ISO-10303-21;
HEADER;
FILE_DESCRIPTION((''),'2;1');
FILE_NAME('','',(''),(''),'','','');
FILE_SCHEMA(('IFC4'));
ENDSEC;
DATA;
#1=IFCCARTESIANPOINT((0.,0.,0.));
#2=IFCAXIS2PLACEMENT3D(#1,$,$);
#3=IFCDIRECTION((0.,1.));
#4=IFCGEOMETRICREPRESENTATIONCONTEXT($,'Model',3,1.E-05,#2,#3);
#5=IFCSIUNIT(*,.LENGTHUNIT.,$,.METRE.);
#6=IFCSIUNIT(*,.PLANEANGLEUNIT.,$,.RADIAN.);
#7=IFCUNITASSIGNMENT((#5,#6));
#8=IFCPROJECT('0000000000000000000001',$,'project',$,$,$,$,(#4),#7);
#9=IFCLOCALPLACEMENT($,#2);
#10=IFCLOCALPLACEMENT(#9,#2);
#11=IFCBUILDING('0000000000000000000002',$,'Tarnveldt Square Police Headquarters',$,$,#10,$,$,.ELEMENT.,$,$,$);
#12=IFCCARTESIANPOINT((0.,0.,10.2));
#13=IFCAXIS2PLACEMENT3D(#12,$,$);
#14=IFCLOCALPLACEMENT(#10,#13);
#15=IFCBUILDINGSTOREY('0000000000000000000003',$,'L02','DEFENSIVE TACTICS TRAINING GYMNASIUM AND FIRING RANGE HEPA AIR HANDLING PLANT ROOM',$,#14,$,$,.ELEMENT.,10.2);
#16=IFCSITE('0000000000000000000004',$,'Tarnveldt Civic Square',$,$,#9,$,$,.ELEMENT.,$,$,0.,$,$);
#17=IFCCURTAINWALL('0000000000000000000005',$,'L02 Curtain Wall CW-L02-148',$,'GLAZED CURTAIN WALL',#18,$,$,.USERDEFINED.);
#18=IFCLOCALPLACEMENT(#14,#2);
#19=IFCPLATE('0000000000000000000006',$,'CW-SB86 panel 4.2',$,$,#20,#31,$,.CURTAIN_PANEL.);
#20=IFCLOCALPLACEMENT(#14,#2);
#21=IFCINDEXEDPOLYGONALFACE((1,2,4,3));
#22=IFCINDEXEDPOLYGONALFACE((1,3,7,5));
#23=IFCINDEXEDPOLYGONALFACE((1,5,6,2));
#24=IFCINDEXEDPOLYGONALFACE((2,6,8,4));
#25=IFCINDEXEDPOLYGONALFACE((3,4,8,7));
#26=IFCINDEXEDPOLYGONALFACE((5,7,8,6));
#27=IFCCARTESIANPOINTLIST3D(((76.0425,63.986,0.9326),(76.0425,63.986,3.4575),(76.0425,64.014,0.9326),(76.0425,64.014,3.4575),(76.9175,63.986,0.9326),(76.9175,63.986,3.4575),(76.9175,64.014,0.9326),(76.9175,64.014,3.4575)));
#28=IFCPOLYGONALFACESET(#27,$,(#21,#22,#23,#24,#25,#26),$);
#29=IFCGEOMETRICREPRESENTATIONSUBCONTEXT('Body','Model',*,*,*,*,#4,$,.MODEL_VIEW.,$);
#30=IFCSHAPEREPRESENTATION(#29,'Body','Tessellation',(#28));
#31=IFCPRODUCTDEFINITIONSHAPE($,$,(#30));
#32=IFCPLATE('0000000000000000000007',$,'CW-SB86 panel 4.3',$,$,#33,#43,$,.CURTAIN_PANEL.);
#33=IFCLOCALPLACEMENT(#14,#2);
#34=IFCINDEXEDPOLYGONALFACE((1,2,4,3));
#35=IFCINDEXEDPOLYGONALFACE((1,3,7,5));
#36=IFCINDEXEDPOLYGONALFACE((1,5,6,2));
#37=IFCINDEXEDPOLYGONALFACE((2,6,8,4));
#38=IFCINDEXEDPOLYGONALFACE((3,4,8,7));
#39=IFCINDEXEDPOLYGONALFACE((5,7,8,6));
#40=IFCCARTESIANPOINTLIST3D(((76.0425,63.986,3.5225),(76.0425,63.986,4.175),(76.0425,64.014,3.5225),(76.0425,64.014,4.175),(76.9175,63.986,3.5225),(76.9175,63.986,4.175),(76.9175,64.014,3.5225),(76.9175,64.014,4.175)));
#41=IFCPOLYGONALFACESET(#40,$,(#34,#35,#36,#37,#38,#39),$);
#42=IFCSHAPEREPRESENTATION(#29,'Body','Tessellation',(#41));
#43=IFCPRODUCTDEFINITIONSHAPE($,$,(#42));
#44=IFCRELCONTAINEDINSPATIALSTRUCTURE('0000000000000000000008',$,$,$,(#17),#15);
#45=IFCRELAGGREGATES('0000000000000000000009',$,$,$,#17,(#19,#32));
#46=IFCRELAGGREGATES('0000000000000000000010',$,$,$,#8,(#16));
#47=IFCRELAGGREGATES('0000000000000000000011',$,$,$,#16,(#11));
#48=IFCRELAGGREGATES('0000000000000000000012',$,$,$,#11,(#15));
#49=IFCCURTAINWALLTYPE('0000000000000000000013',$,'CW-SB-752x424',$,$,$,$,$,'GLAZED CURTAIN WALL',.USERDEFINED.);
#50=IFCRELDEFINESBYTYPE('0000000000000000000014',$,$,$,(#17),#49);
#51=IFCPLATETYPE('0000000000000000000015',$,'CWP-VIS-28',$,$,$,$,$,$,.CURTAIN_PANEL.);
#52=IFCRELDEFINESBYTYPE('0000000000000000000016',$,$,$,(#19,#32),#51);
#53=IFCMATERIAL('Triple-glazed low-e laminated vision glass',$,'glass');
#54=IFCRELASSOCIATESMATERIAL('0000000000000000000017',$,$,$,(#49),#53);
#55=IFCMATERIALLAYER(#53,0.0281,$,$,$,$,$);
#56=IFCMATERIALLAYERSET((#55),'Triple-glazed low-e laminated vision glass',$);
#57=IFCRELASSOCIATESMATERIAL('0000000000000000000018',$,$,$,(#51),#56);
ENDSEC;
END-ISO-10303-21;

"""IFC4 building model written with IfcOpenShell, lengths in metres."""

from ifc_helpers import new_model, si_unit, direction, frame, origin, origin_2d, place, context, subcontext, project, spatial, rectangle, extrude, material, layer, layer_set, type_object, element, aggregate, save


model = new_model("IFC4")

# Units and contexts
model_context = context("Model", 3, precision=1e-05, world=origin(), true_north=direction((0.0, 1.0)))
body_context = subcontext(model_context, "Body", "Model", "MODEL_VIEW")
ifc_project = project(units=[si_unit("LENGTHUNIT", "METRE"), si_unit("PLANEANGLEUNIT", "RADIAN")], contexts=[model_context])

# Site, building, storey
site_placement = place(None, origin())
site = spatial("IfcSite", under=ifc_project, at=site_placement, Name="Tarnveldt Civic Square", CompositionType="ELEMENT", RefElevation=0.0)
building_placement = place(site_placement, origin())
building = spatial("IfcBuilding", under=site, at=building_placement, Name="Tarnveldt Square Police Headquarters", CompositionType="ELEMENT")
storey_placement = place(building_placement, frame((0.0, 0.0, 10.2)))
storey = spatial("IfcBuildingStorey", under=building, at=storey_placement, Name="L02", Description="DEFENSIVE TACTICS TRAINING GYMNASIUM AND FIRING RANGE HEPA AIR HANDLING PLANT ROOM", CompositionType="ELEMENT", Elevation=10.2)

# Curtain wall
ifc_material_1 = material(Name="Triple-glazed low-e laminated vision glass", Category="glass")
curtain_wall_type = type_object("IfcCurtainWallType", Name="CW-SB-752x424", ElementType="GLAZED CURTAIN WALL", PredefinedType="USERDEFINED", material=ifc_material_1)
curtain_wall_placement = place(storey_placement, origin())
curtain_wall = element("IfcCurtainWall", 1, at=curtain_wall_placement, inside=storey, type_object=curtain_wall_type, Name="L02 Curtain Wall CW-L02-148", ObjectType="GLAZED CURTAIN WALL", PredefinedType="USERDEFINED")

# Plates
ifc_layer = layer(ifc_material_1, 0.0281)
ifc_layer_set = layer_set([ifc_layer], Name="Triple-glazed low-e laminated vision glass")
plate_type = type_object("IfcPlateType", Name="CWP-VIS-28", PredefinedType="CURTAIN_PANEL", material=ifc_layer_set)
plate_1_placement = place(storey_placement, frame((76.48, 64.0, 0.9326), z_axis=(0.0, 0.0, 1.0), x_axis=(1.0, 0.0, 0.0)))
plate_1 = element("IfcPlate", 2, at=plate_1_placement, type_object=plate_type, Name="CW-SB86 panel 4.2", PredefinedType="CURTAIN_PANEL", context=body_context, shape_type="SweptSolid", body=[
    extrude(rectangle(XDim=0.875, YDim=0.0281, at=origin_2d()), origin(), (0.0, 0.0, 1.0), 2.5249),
])
plate_2_placement = place(storey_placement, frame((76.48, 64.0, 3.5225), z_axis=(0.0, 0.0, 1.0), x_axis=(1.0, 0.0, 0.0)))
plate_2 = element("IfcPlate", 3, at=plate_2_placement, type_object=plate_type, Name="CW-SB86 panel 4.3", PredefinedType="CURTAIN_PANEL", context=body_context, shape_type="SweptSolid", body=[
    extrude(rectangle(XDim=0.875, YDim=0.0281, at=origin_2d()), origin(), (0.0, 0.0, 1.0), 0.6526),
])
aggregate(curtain_wall, [plate_1, plate_2])

save(model, "model.ifc")
